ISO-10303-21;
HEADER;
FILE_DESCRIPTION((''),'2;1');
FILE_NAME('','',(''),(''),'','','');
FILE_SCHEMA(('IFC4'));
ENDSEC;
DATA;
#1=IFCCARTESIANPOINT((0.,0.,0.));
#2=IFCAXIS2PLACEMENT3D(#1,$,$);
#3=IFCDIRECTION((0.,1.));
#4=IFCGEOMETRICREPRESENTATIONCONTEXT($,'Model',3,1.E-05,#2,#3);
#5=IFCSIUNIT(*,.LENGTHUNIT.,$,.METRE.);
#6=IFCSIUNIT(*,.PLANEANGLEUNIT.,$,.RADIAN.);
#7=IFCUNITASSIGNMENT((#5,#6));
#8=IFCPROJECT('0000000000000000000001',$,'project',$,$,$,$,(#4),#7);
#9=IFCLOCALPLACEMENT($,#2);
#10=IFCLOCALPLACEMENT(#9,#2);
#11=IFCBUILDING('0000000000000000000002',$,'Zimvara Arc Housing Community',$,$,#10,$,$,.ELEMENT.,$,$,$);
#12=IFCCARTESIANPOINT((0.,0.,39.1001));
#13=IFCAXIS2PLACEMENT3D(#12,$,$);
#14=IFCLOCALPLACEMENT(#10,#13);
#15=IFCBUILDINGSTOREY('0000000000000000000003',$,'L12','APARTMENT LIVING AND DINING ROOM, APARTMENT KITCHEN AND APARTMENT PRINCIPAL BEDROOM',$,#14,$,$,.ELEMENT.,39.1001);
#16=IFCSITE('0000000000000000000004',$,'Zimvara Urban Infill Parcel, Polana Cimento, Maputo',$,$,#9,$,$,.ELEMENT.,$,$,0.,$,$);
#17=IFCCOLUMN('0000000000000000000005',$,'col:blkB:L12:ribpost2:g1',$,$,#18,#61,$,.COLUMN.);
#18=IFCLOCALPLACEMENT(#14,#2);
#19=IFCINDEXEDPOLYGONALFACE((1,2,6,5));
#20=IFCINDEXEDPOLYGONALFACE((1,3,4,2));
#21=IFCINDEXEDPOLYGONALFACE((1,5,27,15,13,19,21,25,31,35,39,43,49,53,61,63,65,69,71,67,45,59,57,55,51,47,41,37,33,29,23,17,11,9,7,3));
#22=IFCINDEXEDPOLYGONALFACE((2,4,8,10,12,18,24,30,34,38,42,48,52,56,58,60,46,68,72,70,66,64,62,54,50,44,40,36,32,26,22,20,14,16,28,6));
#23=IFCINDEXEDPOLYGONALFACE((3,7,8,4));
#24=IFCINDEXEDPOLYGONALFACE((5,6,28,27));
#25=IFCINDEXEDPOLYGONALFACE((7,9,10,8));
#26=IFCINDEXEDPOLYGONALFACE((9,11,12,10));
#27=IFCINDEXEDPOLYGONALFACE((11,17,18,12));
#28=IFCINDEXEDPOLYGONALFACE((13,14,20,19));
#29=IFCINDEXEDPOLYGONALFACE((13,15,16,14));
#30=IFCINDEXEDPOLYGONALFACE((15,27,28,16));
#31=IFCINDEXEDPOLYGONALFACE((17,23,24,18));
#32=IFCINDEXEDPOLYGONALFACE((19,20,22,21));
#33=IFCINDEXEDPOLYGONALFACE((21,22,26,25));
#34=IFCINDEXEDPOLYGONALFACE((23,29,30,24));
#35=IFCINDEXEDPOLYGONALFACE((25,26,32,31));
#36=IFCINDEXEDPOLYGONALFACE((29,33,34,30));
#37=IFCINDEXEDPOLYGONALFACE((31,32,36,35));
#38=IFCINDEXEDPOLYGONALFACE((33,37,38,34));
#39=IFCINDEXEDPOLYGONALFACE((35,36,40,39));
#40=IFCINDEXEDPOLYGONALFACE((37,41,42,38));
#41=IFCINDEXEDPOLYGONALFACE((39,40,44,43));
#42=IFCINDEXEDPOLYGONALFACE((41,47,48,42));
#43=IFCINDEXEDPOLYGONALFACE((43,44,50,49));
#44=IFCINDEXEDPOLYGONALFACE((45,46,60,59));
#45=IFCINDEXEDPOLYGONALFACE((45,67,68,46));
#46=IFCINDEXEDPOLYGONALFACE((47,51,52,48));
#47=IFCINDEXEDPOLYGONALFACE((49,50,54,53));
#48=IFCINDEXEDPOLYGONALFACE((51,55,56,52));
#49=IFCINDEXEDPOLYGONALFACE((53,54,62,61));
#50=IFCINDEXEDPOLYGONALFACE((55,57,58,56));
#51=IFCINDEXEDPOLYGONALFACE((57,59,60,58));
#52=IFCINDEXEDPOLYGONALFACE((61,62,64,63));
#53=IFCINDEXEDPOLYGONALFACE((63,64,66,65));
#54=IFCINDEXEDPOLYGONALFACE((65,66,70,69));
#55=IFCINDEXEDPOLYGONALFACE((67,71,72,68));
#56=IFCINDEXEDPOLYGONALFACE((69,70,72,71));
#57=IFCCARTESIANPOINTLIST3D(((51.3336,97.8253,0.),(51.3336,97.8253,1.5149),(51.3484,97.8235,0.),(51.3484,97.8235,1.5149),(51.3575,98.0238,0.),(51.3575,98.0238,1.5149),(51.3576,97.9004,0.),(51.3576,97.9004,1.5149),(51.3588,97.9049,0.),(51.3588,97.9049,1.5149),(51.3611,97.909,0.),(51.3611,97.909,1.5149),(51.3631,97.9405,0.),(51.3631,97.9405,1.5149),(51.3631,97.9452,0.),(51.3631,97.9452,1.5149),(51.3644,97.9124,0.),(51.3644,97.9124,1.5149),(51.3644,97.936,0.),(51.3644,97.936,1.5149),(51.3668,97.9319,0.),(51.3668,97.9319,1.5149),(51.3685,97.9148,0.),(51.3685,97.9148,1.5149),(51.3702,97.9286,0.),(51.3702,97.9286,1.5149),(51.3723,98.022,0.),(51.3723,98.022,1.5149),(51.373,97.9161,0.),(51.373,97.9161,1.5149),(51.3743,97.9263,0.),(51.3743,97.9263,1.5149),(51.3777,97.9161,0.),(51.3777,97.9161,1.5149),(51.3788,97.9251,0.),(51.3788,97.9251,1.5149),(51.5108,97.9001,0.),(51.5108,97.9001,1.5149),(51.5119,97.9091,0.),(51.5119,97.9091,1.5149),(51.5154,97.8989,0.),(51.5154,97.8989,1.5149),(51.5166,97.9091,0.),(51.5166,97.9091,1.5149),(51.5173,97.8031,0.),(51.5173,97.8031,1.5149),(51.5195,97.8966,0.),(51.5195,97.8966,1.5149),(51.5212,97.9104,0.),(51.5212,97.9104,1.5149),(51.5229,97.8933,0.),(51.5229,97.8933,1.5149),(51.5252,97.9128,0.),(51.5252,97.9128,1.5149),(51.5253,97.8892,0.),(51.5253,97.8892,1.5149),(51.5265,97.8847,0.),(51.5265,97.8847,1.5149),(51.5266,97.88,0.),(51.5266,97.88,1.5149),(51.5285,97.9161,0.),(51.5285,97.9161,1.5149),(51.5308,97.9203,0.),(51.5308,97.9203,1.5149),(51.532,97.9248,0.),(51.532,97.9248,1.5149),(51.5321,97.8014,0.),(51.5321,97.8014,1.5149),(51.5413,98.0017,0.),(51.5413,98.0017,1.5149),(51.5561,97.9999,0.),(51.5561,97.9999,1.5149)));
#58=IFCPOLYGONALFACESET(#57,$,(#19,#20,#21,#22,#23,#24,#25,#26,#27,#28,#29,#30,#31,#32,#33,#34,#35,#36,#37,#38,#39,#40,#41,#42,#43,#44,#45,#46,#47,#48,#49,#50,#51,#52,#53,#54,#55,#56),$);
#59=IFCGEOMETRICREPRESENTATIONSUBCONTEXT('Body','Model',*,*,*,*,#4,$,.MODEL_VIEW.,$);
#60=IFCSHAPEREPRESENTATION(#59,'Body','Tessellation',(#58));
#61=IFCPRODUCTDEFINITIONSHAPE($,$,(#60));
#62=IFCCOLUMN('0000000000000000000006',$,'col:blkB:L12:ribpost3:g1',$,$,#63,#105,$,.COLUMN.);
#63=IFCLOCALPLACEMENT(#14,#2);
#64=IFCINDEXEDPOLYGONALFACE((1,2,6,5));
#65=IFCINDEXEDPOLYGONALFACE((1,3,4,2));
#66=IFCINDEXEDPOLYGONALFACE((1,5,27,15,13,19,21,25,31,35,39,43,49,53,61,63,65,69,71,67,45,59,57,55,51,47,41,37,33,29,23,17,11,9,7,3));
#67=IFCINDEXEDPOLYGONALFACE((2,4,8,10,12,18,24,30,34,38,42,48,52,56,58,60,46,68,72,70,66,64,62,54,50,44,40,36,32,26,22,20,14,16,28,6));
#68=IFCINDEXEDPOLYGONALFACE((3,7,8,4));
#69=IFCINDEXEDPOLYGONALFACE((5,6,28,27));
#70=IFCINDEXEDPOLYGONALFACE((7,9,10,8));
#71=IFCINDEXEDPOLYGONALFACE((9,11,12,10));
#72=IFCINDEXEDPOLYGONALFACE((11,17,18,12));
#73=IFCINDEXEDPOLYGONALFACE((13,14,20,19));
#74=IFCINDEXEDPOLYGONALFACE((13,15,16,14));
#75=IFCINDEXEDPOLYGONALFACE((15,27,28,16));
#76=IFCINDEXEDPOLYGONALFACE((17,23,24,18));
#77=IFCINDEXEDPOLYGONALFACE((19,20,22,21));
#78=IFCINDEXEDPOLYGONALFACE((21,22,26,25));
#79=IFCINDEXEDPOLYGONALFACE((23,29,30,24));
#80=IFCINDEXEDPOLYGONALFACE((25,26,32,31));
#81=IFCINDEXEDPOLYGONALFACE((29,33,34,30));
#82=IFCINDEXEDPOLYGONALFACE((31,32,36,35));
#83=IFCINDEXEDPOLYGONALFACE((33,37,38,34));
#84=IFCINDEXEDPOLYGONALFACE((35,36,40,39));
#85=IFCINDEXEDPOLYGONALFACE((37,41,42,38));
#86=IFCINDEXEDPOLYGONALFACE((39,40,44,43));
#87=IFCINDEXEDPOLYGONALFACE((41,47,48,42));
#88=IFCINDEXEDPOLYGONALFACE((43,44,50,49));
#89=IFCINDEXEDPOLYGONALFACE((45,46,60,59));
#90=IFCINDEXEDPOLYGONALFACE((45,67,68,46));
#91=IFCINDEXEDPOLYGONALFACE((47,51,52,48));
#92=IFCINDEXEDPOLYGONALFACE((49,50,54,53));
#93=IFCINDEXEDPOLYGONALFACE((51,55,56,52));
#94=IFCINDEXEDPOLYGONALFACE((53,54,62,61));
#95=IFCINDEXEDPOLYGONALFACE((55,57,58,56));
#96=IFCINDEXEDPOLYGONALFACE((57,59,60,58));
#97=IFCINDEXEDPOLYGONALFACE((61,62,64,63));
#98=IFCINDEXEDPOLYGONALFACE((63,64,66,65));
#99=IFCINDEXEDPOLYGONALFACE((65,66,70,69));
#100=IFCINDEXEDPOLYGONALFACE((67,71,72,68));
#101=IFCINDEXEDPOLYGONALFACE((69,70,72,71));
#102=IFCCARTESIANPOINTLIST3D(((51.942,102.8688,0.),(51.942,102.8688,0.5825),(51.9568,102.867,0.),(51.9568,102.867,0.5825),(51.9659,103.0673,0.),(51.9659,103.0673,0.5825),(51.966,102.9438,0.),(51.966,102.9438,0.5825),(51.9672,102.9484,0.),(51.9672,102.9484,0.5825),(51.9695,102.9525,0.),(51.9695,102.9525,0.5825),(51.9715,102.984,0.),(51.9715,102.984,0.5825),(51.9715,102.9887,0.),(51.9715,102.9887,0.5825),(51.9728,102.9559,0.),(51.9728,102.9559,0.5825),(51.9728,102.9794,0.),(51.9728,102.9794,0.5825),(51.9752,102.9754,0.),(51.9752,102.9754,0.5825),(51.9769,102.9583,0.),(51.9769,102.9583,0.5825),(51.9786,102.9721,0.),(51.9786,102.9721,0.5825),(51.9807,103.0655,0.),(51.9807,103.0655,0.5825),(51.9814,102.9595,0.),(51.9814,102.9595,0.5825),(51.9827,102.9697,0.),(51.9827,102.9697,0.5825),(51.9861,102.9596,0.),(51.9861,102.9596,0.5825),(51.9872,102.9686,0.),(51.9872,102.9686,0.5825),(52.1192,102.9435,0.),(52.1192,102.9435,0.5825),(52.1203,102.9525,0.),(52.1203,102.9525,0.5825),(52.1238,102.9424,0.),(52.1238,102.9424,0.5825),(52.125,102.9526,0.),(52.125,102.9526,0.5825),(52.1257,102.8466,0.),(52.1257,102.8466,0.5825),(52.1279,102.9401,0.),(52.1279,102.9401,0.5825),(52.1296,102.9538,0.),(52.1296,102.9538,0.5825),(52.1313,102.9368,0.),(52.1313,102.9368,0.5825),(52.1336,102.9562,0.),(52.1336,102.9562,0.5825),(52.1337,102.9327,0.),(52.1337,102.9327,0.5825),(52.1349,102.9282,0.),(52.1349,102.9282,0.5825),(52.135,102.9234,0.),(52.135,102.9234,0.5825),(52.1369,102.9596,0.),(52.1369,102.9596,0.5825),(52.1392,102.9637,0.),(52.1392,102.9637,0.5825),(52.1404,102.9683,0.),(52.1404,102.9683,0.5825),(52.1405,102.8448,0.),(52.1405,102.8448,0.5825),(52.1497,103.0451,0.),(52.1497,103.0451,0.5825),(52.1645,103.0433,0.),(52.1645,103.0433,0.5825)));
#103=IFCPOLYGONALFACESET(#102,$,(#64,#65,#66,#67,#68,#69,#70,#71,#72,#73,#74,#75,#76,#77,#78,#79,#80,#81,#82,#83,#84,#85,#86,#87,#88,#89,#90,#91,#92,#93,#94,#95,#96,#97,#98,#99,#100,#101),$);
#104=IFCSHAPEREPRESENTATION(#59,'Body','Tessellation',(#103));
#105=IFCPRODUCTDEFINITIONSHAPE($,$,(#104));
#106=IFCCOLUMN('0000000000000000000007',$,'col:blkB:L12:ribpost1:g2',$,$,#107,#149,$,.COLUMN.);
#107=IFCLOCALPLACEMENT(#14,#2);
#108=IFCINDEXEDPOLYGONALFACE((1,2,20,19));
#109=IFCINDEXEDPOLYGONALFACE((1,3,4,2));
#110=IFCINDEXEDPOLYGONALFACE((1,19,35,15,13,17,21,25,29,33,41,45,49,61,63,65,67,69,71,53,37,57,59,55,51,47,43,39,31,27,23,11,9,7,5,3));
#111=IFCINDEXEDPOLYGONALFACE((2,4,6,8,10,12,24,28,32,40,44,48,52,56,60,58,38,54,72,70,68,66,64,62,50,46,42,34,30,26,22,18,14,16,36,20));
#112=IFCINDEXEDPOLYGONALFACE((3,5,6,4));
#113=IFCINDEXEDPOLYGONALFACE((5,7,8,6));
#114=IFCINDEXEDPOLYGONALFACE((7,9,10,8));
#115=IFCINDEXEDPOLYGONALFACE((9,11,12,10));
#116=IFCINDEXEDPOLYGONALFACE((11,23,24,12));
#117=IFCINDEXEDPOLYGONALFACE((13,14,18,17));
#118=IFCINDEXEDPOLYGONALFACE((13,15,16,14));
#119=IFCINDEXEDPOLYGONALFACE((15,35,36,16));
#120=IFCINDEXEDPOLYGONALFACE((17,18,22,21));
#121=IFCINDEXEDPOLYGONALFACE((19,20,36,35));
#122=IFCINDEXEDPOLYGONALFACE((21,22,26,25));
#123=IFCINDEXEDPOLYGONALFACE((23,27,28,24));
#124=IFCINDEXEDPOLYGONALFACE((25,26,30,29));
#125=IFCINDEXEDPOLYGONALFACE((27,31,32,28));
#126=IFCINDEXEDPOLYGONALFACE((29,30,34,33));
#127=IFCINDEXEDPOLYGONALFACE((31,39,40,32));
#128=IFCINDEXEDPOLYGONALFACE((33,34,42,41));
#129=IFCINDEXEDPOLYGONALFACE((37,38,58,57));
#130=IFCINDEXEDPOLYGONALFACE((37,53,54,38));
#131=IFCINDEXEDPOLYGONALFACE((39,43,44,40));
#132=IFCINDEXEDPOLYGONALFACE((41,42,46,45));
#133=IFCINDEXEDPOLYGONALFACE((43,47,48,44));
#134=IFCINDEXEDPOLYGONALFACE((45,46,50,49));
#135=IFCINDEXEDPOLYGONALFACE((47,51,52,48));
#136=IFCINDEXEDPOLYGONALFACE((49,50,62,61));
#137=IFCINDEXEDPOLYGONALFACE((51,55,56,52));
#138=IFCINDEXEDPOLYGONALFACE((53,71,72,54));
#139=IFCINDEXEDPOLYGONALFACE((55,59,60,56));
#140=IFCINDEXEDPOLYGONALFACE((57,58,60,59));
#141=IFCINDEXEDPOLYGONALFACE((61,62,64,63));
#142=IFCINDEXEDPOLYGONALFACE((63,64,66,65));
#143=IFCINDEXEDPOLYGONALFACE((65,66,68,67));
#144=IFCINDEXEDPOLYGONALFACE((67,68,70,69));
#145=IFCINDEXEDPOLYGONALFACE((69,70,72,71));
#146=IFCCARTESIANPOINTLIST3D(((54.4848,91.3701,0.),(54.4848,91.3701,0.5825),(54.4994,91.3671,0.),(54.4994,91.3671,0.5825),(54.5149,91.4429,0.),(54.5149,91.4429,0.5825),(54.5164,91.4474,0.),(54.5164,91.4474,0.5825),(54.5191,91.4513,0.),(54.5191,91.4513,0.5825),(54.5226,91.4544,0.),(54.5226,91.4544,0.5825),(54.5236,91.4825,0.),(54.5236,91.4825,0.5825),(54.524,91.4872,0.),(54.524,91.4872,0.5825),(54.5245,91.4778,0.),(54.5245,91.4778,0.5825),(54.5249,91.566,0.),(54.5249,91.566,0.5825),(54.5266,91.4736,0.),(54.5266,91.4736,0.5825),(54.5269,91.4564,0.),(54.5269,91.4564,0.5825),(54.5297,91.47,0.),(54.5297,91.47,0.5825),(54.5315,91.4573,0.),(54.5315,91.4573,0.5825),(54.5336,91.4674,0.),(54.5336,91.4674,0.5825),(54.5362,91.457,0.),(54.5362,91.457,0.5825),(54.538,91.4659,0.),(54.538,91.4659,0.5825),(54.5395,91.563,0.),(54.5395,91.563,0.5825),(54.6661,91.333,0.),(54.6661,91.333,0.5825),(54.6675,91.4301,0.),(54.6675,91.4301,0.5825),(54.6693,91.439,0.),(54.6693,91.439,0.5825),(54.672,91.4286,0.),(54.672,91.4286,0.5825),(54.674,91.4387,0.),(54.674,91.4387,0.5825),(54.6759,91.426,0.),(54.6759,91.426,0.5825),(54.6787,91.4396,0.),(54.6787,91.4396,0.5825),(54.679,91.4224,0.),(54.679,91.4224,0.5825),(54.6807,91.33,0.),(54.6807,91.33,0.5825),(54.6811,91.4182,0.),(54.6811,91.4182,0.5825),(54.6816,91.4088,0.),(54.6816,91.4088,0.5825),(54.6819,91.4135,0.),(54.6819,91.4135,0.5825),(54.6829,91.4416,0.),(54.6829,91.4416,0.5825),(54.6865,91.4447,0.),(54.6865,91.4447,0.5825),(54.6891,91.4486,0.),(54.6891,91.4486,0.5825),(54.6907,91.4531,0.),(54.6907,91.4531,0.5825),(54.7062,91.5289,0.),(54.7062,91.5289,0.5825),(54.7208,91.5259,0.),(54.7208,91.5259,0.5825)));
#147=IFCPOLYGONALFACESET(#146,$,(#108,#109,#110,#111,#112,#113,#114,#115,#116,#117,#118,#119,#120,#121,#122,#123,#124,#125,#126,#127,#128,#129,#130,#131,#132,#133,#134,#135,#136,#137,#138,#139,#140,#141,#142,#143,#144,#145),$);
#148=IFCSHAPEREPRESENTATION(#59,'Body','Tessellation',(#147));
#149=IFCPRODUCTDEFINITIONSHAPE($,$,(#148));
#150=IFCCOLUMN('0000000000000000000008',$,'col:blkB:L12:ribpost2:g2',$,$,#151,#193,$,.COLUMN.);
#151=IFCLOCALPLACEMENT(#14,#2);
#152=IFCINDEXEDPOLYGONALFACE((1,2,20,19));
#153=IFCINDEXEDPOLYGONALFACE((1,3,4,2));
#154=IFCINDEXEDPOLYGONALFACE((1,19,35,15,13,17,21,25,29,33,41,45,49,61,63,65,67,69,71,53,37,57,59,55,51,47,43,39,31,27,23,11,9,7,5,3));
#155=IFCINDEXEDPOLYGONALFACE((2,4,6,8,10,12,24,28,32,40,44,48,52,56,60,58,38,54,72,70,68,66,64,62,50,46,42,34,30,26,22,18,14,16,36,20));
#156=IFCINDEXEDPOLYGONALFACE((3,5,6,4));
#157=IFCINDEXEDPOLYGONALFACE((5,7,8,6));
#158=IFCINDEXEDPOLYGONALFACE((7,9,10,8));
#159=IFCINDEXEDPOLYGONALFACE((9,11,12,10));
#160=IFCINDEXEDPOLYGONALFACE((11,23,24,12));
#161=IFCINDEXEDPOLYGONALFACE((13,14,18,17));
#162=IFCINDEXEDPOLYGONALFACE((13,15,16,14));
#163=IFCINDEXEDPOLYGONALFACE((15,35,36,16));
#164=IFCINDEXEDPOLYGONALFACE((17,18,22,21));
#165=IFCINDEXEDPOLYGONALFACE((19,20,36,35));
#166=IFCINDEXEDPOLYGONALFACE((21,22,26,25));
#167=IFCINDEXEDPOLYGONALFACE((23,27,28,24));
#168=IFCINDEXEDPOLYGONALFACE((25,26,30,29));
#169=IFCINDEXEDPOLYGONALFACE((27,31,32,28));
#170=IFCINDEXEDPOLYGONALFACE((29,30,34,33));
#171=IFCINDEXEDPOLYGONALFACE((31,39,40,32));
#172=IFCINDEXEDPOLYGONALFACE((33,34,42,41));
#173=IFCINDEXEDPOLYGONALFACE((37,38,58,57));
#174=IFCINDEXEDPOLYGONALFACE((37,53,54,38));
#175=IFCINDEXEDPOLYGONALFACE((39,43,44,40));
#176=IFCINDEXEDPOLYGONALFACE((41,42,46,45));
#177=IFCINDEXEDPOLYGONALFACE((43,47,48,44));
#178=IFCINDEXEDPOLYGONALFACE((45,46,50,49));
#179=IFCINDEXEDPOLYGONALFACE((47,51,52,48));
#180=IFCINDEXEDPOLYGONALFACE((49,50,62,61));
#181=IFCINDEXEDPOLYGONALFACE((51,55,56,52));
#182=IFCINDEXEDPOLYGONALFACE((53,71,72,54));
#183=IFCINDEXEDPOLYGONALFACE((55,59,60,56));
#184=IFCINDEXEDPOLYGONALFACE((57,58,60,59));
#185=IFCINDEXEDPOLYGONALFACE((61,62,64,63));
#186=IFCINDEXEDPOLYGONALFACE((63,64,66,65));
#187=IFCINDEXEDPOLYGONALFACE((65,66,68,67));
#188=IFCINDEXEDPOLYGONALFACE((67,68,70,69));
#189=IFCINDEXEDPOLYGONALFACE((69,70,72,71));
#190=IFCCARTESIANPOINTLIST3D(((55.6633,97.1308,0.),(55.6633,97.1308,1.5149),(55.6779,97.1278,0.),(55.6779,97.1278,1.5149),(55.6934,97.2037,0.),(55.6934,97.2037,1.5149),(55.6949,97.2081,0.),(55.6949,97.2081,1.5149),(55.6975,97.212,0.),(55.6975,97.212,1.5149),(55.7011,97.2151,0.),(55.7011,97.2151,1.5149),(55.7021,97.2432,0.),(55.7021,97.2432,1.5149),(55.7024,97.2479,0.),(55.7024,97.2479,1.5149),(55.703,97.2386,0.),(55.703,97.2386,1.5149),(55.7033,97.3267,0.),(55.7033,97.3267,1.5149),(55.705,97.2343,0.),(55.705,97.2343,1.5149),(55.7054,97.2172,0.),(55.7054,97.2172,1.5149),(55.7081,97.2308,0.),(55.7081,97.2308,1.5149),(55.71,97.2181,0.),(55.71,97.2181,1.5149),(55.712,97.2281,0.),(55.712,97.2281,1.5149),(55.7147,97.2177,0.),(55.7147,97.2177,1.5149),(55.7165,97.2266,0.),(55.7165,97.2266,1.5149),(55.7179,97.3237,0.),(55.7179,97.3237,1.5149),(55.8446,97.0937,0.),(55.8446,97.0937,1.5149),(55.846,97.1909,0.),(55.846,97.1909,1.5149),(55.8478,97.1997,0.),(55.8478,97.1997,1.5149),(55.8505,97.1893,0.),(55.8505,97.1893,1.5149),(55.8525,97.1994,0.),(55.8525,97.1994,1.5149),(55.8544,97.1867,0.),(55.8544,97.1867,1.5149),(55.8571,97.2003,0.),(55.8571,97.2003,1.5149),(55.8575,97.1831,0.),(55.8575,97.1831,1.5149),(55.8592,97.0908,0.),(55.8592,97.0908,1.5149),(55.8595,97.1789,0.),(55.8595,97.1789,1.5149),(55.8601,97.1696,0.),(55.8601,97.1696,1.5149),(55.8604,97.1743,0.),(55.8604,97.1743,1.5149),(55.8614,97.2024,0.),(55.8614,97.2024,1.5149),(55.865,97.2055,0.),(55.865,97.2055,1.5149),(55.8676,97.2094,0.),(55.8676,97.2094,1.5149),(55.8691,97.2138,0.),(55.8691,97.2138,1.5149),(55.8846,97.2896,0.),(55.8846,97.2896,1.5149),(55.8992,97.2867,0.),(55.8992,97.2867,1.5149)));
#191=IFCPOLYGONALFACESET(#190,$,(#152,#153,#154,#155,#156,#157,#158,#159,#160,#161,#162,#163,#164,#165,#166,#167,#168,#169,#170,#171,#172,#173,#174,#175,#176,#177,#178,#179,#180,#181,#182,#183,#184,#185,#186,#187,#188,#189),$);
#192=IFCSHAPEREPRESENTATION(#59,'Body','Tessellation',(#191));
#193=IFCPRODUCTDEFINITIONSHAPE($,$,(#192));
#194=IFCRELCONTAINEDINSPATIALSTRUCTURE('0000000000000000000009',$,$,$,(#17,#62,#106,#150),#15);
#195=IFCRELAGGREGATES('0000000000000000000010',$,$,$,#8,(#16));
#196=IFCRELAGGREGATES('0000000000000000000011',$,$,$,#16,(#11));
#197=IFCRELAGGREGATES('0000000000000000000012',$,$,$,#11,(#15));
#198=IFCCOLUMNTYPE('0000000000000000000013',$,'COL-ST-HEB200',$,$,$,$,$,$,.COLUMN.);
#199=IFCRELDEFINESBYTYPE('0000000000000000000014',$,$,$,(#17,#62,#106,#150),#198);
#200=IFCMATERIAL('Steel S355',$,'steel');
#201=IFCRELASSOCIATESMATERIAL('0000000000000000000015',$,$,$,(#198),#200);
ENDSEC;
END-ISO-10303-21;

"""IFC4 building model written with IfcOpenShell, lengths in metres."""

from ifc_helpers import new_model, si_unit, direction, frame, origin, origin_2d, place, context, subcontext, project, spatial, i_section, extrude, material, material_profile, profile_set, type_object, element, save


model = new_model("IFC4")

# Units and contexts
model_context = context("Model", 3, precision=1e-05, world=origin(), true_north=direction((0.0, 1.0)))
body_context = subcontext(model_context, "Body", "Model", "MODEL_VIEW")
ifc_project = project(units=[si_unit("LENGTHUNIT", "METRE"), si_unit("PLANEANGLEUNIT", "RADIAN")], contexts=[model_context])

# Site, building, storey
site_placement = place(None, origin())
site = spatial("IfcSite", under=ifc_project, at=site_placement, Name="Zimvara Urban Infill Parcel, Polana Cimento, Maputo", CompositionType="ELEMENT", RefElevation=0.0)
building_placement = place(site_placement, origin())
building = spatial("IfcBuilding", under=site, at=building_placement, Name="Zimvara Arc Housing Community", CompositionType="ELEMENT")
storey_placement = place(building_placement, frame((0.0, 0.0, 39.1001)))
storey = spatial("IfcBuildingStorey", under=building, at=storey_placement, Name="L12", Description="APARTMENT LIVING AND DINING ROOM, APARTMENT KITCHEN AND APARTMENT PRINCIPAL BEDROOM", CompositionType="ELEMENT", Elevation=39.1001)

# Columns
ifc_material_1 = material(Name="Steel S355", Category="steel")
ifc_material_profile_1 = material_profile(ifc_material_1, i_section(OverallWidth=0.2, OverallDepth=0.2, WebThickness=0.009, FlangeThickness=0.0149, FilletRadius=0.0181, at=origin_2d()), Name="HEB 200")
ifc_profile_set_1 = profile_set([ifc_material_profile_1], Name="Steel S355")
column_type = type_object("IfcColumnType", Name="COL-ST-HEB200", PredefinedType="COLUMN", material=ifc_profile_set_1)
column_1_placement = place(storey_placement, frame((51.4448, 97.9126, 0.0), z_axis=(0.0, 0.0, 1.0), x_axis=(0.11979, 0.992799, 0.0)))
element("IfcColumn", 1, at=column_1_placement, inside=storey, type_object=column_type, Name="col:blkB:L12:ribpost2:g1", PredefinedType="COLUMN", context=body_context, shape_type="SweptSolid", body=[
    extrude(i_section(OverallWidth=0.2, OverallDepth=0.2, WebThickness=0.009, FlangeThickness=0.0149, FilletRadius=0.0181, at=origin_2d()), origin(), (0.0, 0.0, 1.0), 1.5149),
])
for number, where, z_axis, x_axis, name in (
    (2, (52.0532, 102.9561, 0.0), (0.0, 0.0, 1.0), (0.11979, 0.992799, 0.0), "col:blkB:L12:ribpost3:g1"),
    (3, (54.6028, 91.448, 0.0), (0.0, 0.0, 1.0), (0.200394, 0.979715, 0.0), "col:blkB:L12:ribpost1:g2"),
):
    element("IfcColumn", number, at=place(storey_placement, frame(where, z_axis=z_axis, x_axis=x_axis)), inside=storey, type_object=column_type, Name=name, PredefinedType="COLUMN", context=body_context, shape_type="SweptSolid", body=[
        extrude(i_section(OverallWidth=0.2, OverallDepth=0.2, WebThickness=0.009, FlangeThickness=0.0149, FilletRadius=0.0181, at=origin_2d()), origin(), (0.0, 0.0, 1.0), 0.5825),
    ])
column_2_placement = place(storey_placement, frame((55.7812, 97.2087, 0.0), z_axis=(0.0, 0.0, 1.0), x_axis=(0.200394, 0.979715, 0.0)))
element("IfcColumn", 4, at=column_2_placement, inside=storey, type_object=column_type, Name="col:blkB:L12:ribpost2:g2", PredefinedType="COLUMN", context=body_context, shape_type="SweptSolid", body=[
    extrude(i_section(OverallWidth=0.2, OverallDepth=0.2, WebThickness=0.009, FlangeThickness=0.0149, FilletRadius=0.0181, at=origin_2d()), origin(), (0.0, 0.0, 1.0), 1.5149),
])

save(model, "model.ifc")
